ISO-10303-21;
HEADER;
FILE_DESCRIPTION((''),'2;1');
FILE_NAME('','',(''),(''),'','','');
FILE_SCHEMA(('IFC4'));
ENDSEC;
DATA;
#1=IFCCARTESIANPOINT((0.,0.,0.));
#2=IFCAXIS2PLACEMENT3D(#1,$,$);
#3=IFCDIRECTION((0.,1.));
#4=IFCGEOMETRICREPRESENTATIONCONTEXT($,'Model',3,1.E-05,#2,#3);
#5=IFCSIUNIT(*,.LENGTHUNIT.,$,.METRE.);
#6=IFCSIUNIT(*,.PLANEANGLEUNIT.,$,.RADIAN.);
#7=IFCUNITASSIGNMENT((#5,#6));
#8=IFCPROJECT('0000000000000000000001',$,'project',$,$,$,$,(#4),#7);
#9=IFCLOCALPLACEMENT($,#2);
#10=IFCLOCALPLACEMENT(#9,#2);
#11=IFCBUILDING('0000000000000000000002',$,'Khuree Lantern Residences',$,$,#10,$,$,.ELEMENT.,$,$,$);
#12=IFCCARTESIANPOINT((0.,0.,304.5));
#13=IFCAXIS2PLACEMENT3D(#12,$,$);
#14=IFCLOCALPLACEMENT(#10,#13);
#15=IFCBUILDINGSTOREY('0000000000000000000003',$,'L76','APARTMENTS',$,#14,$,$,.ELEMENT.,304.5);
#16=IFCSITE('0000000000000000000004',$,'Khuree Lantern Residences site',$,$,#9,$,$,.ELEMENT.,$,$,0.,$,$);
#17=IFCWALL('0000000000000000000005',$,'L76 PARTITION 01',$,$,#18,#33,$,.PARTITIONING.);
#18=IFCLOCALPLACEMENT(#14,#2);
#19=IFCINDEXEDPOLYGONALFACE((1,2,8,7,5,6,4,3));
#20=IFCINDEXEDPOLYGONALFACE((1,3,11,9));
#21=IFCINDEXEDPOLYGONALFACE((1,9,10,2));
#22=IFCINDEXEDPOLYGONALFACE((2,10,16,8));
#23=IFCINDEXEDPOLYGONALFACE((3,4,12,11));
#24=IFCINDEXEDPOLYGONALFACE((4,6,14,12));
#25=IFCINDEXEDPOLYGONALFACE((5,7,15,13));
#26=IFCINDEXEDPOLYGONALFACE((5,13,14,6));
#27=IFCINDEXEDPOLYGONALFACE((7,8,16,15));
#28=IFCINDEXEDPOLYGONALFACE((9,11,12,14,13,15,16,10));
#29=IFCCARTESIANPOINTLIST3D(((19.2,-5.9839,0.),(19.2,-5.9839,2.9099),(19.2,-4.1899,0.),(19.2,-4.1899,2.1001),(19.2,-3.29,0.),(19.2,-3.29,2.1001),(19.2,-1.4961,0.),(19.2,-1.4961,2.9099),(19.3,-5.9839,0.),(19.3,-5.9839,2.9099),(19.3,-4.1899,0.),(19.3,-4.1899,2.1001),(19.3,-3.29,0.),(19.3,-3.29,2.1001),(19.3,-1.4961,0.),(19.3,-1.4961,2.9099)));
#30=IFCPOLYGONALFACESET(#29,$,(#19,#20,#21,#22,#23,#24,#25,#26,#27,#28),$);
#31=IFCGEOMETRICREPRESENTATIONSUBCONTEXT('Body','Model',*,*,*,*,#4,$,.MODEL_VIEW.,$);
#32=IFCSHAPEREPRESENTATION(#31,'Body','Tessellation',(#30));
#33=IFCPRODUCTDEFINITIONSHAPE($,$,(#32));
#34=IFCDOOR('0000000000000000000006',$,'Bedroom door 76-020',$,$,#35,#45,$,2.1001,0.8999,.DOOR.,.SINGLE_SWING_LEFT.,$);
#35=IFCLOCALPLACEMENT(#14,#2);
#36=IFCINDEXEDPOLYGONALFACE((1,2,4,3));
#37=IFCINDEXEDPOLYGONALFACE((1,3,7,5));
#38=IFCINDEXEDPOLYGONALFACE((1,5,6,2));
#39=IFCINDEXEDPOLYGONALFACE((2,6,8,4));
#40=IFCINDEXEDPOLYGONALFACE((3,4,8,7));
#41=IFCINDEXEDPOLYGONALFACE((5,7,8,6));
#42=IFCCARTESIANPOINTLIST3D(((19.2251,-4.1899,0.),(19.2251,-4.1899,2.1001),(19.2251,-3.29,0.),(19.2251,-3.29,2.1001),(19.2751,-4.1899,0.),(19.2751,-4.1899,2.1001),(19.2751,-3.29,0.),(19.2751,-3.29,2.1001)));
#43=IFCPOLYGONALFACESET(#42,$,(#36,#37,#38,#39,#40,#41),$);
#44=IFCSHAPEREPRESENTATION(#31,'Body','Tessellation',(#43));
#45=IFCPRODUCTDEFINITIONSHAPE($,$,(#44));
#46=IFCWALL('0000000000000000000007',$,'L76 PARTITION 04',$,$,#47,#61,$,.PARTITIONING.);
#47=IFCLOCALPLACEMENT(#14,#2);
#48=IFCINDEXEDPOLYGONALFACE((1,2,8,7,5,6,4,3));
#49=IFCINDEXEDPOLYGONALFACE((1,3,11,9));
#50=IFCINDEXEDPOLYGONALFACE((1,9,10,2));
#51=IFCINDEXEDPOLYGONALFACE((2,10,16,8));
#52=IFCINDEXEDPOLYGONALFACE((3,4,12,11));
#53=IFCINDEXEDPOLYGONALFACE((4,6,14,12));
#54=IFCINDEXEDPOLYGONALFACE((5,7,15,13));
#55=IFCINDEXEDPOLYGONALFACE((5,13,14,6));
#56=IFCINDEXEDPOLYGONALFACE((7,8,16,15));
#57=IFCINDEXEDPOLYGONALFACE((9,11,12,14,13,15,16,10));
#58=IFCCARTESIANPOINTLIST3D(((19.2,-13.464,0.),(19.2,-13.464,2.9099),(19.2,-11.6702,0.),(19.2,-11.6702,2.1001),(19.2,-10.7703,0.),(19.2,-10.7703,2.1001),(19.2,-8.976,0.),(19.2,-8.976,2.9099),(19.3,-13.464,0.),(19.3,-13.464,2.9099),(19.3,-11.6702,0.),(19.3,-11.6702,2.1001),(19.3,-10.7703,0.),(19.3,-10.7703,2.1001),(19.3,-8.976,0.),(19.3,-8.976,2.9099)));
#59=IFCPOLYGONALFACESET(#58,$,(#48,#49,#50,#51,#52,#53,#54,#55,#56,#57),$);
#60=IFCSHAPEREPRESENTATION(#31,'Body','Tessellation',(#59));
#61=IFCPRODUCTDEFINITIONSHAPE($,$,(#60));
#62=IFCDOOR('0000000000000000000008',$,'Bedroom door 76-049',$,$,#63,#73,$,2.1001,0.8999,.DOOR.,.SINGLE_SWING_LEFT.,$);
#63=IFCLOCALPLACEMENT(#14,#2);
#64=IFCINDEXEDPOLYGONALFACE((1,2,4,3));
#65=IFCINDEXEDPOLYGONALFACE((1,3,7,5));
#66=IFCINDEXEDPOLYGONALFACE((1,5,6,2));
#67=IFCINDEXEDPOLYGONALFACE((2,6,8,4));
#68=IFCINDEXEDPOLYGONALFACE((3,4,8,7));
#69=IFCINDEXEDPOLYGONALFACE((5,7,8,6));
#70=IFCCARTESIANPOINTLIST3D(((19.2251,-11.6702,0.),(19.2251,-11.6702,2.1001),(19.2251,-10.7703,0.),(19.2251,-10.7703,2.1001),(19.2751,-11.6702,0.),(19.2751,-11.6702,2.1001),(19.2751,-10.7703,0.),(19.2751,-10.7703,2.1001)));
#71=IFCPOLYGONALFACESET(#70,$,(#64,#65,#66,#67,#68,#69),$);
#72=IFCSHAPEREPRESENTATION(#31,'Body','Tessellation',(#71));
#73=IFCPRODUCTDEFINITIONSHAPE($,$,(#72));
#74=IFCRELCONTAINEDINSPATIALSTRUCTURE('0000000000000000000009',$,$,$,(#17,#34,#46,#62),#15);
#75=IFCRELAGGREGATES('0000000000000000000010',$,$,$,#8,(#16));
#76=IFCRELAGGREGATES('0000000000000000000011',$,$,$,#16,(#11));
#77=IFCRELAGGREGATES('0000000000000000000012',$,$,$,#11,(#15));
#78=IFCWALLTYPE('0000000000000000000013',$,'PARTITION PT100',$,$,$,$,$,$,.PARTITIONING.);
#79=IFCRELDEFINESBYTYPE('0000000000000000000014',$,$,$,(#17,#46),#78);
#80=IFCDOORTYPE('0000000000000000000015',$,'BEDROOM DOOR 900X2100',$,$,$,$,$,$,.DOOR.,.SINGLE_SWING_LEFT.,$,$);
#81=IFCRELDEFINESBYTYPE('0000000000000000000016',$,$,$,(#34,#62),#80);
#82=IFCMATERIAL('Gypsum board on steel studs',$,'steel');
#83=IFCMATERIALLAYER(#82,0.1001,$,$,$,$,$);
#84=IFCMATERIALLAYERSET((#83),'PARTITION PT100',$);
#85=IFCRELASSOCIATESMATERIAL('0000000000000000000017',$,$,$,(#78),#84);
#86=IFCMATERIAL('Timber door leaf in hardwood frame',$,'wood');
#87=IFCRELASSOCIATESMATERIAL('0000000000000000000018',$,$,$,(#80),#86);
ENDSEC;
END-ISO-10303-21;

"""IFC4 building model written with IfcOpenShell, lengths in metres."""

from ifc_helpers import new_model, si_unit, direction, frame, frame_2d, origin, place, context, subcontext, project, spatial, rectangle, extrude, material, layer, layer_set, type_object, element, fill, save


model = new_model("IFC4")

# Units and contexts
model_context = context("Model", 3, precision=1e-05, world=origin(), true_north=direction((0.0, 1.0)))
body_context = subcontext(model_context, "Body", "Model", "MODEL_VIEW")
ifc_project = project(units=[si_unit("LENGTHUNIT", "METRE"), si_unit("PLANEANGLEUNIT", "RADIAN")], contexts=[model_context])

# Site, building, storey
site_placement = place(None, origin())
site = spatial("IfcSite", under=ifc_project, at=site_placement, Name="Khuree Lantern Residences site", CompositionType="ELEMENT", RefElevation=0.0)
building_placement = place(site_placement, origin())
building = spatial("IfcBuilding", under=site, at=building_placement, Name="Khuree Lantern Residences", CompositionType="ELEMENT")
storey_placement = place(building_placement, frame((0.0, 0.0, 304.5)))
storey = spatial("IfcBuildingStorey", under=building, at=storey_placement, Name="L76", Description="APARTMENTS", CompositionType="ELEMENT", Elevation=304.5)

# Shared definitions
ifc_material_1 = material(Name="Gypsum board on steel studs", Category="steel")

# Shared definitions
ifc_material_2 = material(Name="Timber door leaf in hardwood frame", Category="wood")

# Shared definitions
ifc_layer_1 = layer(ifc_material_1, 0.1001)
ifc_layer_set_1 = layer_set([ifc_layer_1], Name="PARTITION PT100")
wall_type_1 = type_object("IfcWallType", Name="PARTITION PT100", PredefinedType="PARTITIONING", material=ifc_layer_set_1)

# Walls, openings, doors
wall_1_placement = place(storey_placement, frame((19.25, -5.9839, 0.0), z_axis=(0.0, 0.0, 1.0), x_axis=(0.0, 1.0, 0.0)))
wall_1 = element("IfcWall", 1, at=wall_1_placement, inside=storey, type_object=wall_type_1, Name="L76 PARTITION 01", PredefinedType="PARTITIONING", context=body_context, shape_type="SweptSolid", body=[
    extrude(rectangle(XDim=4.4878, YDim=0.1001, at=frame_2d((2.2439, 0.0))), origin(), (0.0, 0.0, 1.0), 2.9099),
])
opening_1_placement = place(wall_1_placement, frame((1.7939, 0.0, 0.0)))
opening_1 = element("IfcOpeningElement", 2, at=opening_1_placement, cuts=wall_1, PredefinedType="OPENING", context=body_context, shape_type="SweptSolid", body=[
    extrude(rectangle(XDim=0.8999, YDim=2.1001, at=frame_2d((0.45, 1.05))), frame((0.0, 0.0601, 0.0), z_axis=(0.0, -1.0, 0.0), x_axis=(1.0, 0.0, 0.0)), (0.0, 0.0, 1.0), 0.1201),
])
door_type_1 = type_object("IfcDoorType", Name="BEDROOM DOOR 900X2100", OperationType="SINGLE_SWING_LEFT", PredefinedType="DOOR", material=ifc_material_2)
door_1_placement = place(opening_1_placement, origin())
door_1 = element("IfcDoor", 3, at=door_1_placement, inside=storey, type_object=door_type_1, Name="Bedroom door 76-020", OperationType="SINGLE_SWING_LEFT", OverallHeight=2.1001, OverallWidth=0.8999, PredefinedType="DOOR", context=body_context, shape_type="SweptSolid", body=[
    extrude(rectangle(XDim=0.8999, YDim=2.1001, at=frame_2d((0.45, 1.05))), frame((0.0, 0.0249, 0.0), z_axis=(0.0, -1.0, 0.0), x_axis=(1.0, 0.0, 0.0)), (0.0, 0.0, 1.0), 0.05),
])
fill(opening_1, door_1)
wall_2_placement = place(storey_placement, frame((19.25, -13.4641, 0.0), z_axis=(0.0, 0.0, 1.0), x_axis=(0.0, 1.0, 0.0)))
wall_2 = element("IfcWall", 4, at=wall_2_placement, inside=storey, type_object=wall_type_1, Name="L76 PARTITION 04", PredefinedType="PARTITIONING", context=body_context, shape_type="SweptSolid", body=[
    extrude(rectangle(XDim=4.488, YDim=0.1001, at=frame_2d((2.2441, 0.0))), origin(), (0.0, 0.0, 1.0), 2.9099),
])
opening_2_placement = place(wall_2_placement, frame((1.7939, 0.0, 0.0)))
opening_2 = element("IfcOpeningElement", 5, at=opening_2_placement, cuts=wall_2, PredefinedType="OPENING", context=body_context, shape_type="SweptSolid", body=[
    extrude(rectangle(XDim=0.8999, YDim=2.1001, at=frame_2d((0.45, 1.05))), frame((0.0, 0.0601, 0.0), z_axis=(0.0, -1.0, 0.0), x_axis=(1.0, 0.0, 0.0)), (0.0, 0.0, 1.0), 0.1201),
])
door_2_placement = place(opening_2_placement, origin())
door_2 = element("IfcDoor", 6, at=door_2_placement, inside=storey, type_object=door_type_1, Name="Bedroom door 76-049", OperationType="SINGLE_SWING_LEFT", OverallHeight=2.1001, OverallWidth=0.8999, PredefinedType="DOOR", context=body_context, shape_type="SweptSolid", body=[
    extrude(rectangle(XDim=0.8999, YDim=2.1001, at=frame_2d((0.45, 1.05))), frame((0.0, 0.0249, 0.0), z_axis=(0.0, -1.0, 0.0), x_axis=(1.0, 0.0, 0.0)), (0.0, 0.0, 1.0), 0.05),
])
fill(opening_2, door_2)

save(model, "model.ifc")
